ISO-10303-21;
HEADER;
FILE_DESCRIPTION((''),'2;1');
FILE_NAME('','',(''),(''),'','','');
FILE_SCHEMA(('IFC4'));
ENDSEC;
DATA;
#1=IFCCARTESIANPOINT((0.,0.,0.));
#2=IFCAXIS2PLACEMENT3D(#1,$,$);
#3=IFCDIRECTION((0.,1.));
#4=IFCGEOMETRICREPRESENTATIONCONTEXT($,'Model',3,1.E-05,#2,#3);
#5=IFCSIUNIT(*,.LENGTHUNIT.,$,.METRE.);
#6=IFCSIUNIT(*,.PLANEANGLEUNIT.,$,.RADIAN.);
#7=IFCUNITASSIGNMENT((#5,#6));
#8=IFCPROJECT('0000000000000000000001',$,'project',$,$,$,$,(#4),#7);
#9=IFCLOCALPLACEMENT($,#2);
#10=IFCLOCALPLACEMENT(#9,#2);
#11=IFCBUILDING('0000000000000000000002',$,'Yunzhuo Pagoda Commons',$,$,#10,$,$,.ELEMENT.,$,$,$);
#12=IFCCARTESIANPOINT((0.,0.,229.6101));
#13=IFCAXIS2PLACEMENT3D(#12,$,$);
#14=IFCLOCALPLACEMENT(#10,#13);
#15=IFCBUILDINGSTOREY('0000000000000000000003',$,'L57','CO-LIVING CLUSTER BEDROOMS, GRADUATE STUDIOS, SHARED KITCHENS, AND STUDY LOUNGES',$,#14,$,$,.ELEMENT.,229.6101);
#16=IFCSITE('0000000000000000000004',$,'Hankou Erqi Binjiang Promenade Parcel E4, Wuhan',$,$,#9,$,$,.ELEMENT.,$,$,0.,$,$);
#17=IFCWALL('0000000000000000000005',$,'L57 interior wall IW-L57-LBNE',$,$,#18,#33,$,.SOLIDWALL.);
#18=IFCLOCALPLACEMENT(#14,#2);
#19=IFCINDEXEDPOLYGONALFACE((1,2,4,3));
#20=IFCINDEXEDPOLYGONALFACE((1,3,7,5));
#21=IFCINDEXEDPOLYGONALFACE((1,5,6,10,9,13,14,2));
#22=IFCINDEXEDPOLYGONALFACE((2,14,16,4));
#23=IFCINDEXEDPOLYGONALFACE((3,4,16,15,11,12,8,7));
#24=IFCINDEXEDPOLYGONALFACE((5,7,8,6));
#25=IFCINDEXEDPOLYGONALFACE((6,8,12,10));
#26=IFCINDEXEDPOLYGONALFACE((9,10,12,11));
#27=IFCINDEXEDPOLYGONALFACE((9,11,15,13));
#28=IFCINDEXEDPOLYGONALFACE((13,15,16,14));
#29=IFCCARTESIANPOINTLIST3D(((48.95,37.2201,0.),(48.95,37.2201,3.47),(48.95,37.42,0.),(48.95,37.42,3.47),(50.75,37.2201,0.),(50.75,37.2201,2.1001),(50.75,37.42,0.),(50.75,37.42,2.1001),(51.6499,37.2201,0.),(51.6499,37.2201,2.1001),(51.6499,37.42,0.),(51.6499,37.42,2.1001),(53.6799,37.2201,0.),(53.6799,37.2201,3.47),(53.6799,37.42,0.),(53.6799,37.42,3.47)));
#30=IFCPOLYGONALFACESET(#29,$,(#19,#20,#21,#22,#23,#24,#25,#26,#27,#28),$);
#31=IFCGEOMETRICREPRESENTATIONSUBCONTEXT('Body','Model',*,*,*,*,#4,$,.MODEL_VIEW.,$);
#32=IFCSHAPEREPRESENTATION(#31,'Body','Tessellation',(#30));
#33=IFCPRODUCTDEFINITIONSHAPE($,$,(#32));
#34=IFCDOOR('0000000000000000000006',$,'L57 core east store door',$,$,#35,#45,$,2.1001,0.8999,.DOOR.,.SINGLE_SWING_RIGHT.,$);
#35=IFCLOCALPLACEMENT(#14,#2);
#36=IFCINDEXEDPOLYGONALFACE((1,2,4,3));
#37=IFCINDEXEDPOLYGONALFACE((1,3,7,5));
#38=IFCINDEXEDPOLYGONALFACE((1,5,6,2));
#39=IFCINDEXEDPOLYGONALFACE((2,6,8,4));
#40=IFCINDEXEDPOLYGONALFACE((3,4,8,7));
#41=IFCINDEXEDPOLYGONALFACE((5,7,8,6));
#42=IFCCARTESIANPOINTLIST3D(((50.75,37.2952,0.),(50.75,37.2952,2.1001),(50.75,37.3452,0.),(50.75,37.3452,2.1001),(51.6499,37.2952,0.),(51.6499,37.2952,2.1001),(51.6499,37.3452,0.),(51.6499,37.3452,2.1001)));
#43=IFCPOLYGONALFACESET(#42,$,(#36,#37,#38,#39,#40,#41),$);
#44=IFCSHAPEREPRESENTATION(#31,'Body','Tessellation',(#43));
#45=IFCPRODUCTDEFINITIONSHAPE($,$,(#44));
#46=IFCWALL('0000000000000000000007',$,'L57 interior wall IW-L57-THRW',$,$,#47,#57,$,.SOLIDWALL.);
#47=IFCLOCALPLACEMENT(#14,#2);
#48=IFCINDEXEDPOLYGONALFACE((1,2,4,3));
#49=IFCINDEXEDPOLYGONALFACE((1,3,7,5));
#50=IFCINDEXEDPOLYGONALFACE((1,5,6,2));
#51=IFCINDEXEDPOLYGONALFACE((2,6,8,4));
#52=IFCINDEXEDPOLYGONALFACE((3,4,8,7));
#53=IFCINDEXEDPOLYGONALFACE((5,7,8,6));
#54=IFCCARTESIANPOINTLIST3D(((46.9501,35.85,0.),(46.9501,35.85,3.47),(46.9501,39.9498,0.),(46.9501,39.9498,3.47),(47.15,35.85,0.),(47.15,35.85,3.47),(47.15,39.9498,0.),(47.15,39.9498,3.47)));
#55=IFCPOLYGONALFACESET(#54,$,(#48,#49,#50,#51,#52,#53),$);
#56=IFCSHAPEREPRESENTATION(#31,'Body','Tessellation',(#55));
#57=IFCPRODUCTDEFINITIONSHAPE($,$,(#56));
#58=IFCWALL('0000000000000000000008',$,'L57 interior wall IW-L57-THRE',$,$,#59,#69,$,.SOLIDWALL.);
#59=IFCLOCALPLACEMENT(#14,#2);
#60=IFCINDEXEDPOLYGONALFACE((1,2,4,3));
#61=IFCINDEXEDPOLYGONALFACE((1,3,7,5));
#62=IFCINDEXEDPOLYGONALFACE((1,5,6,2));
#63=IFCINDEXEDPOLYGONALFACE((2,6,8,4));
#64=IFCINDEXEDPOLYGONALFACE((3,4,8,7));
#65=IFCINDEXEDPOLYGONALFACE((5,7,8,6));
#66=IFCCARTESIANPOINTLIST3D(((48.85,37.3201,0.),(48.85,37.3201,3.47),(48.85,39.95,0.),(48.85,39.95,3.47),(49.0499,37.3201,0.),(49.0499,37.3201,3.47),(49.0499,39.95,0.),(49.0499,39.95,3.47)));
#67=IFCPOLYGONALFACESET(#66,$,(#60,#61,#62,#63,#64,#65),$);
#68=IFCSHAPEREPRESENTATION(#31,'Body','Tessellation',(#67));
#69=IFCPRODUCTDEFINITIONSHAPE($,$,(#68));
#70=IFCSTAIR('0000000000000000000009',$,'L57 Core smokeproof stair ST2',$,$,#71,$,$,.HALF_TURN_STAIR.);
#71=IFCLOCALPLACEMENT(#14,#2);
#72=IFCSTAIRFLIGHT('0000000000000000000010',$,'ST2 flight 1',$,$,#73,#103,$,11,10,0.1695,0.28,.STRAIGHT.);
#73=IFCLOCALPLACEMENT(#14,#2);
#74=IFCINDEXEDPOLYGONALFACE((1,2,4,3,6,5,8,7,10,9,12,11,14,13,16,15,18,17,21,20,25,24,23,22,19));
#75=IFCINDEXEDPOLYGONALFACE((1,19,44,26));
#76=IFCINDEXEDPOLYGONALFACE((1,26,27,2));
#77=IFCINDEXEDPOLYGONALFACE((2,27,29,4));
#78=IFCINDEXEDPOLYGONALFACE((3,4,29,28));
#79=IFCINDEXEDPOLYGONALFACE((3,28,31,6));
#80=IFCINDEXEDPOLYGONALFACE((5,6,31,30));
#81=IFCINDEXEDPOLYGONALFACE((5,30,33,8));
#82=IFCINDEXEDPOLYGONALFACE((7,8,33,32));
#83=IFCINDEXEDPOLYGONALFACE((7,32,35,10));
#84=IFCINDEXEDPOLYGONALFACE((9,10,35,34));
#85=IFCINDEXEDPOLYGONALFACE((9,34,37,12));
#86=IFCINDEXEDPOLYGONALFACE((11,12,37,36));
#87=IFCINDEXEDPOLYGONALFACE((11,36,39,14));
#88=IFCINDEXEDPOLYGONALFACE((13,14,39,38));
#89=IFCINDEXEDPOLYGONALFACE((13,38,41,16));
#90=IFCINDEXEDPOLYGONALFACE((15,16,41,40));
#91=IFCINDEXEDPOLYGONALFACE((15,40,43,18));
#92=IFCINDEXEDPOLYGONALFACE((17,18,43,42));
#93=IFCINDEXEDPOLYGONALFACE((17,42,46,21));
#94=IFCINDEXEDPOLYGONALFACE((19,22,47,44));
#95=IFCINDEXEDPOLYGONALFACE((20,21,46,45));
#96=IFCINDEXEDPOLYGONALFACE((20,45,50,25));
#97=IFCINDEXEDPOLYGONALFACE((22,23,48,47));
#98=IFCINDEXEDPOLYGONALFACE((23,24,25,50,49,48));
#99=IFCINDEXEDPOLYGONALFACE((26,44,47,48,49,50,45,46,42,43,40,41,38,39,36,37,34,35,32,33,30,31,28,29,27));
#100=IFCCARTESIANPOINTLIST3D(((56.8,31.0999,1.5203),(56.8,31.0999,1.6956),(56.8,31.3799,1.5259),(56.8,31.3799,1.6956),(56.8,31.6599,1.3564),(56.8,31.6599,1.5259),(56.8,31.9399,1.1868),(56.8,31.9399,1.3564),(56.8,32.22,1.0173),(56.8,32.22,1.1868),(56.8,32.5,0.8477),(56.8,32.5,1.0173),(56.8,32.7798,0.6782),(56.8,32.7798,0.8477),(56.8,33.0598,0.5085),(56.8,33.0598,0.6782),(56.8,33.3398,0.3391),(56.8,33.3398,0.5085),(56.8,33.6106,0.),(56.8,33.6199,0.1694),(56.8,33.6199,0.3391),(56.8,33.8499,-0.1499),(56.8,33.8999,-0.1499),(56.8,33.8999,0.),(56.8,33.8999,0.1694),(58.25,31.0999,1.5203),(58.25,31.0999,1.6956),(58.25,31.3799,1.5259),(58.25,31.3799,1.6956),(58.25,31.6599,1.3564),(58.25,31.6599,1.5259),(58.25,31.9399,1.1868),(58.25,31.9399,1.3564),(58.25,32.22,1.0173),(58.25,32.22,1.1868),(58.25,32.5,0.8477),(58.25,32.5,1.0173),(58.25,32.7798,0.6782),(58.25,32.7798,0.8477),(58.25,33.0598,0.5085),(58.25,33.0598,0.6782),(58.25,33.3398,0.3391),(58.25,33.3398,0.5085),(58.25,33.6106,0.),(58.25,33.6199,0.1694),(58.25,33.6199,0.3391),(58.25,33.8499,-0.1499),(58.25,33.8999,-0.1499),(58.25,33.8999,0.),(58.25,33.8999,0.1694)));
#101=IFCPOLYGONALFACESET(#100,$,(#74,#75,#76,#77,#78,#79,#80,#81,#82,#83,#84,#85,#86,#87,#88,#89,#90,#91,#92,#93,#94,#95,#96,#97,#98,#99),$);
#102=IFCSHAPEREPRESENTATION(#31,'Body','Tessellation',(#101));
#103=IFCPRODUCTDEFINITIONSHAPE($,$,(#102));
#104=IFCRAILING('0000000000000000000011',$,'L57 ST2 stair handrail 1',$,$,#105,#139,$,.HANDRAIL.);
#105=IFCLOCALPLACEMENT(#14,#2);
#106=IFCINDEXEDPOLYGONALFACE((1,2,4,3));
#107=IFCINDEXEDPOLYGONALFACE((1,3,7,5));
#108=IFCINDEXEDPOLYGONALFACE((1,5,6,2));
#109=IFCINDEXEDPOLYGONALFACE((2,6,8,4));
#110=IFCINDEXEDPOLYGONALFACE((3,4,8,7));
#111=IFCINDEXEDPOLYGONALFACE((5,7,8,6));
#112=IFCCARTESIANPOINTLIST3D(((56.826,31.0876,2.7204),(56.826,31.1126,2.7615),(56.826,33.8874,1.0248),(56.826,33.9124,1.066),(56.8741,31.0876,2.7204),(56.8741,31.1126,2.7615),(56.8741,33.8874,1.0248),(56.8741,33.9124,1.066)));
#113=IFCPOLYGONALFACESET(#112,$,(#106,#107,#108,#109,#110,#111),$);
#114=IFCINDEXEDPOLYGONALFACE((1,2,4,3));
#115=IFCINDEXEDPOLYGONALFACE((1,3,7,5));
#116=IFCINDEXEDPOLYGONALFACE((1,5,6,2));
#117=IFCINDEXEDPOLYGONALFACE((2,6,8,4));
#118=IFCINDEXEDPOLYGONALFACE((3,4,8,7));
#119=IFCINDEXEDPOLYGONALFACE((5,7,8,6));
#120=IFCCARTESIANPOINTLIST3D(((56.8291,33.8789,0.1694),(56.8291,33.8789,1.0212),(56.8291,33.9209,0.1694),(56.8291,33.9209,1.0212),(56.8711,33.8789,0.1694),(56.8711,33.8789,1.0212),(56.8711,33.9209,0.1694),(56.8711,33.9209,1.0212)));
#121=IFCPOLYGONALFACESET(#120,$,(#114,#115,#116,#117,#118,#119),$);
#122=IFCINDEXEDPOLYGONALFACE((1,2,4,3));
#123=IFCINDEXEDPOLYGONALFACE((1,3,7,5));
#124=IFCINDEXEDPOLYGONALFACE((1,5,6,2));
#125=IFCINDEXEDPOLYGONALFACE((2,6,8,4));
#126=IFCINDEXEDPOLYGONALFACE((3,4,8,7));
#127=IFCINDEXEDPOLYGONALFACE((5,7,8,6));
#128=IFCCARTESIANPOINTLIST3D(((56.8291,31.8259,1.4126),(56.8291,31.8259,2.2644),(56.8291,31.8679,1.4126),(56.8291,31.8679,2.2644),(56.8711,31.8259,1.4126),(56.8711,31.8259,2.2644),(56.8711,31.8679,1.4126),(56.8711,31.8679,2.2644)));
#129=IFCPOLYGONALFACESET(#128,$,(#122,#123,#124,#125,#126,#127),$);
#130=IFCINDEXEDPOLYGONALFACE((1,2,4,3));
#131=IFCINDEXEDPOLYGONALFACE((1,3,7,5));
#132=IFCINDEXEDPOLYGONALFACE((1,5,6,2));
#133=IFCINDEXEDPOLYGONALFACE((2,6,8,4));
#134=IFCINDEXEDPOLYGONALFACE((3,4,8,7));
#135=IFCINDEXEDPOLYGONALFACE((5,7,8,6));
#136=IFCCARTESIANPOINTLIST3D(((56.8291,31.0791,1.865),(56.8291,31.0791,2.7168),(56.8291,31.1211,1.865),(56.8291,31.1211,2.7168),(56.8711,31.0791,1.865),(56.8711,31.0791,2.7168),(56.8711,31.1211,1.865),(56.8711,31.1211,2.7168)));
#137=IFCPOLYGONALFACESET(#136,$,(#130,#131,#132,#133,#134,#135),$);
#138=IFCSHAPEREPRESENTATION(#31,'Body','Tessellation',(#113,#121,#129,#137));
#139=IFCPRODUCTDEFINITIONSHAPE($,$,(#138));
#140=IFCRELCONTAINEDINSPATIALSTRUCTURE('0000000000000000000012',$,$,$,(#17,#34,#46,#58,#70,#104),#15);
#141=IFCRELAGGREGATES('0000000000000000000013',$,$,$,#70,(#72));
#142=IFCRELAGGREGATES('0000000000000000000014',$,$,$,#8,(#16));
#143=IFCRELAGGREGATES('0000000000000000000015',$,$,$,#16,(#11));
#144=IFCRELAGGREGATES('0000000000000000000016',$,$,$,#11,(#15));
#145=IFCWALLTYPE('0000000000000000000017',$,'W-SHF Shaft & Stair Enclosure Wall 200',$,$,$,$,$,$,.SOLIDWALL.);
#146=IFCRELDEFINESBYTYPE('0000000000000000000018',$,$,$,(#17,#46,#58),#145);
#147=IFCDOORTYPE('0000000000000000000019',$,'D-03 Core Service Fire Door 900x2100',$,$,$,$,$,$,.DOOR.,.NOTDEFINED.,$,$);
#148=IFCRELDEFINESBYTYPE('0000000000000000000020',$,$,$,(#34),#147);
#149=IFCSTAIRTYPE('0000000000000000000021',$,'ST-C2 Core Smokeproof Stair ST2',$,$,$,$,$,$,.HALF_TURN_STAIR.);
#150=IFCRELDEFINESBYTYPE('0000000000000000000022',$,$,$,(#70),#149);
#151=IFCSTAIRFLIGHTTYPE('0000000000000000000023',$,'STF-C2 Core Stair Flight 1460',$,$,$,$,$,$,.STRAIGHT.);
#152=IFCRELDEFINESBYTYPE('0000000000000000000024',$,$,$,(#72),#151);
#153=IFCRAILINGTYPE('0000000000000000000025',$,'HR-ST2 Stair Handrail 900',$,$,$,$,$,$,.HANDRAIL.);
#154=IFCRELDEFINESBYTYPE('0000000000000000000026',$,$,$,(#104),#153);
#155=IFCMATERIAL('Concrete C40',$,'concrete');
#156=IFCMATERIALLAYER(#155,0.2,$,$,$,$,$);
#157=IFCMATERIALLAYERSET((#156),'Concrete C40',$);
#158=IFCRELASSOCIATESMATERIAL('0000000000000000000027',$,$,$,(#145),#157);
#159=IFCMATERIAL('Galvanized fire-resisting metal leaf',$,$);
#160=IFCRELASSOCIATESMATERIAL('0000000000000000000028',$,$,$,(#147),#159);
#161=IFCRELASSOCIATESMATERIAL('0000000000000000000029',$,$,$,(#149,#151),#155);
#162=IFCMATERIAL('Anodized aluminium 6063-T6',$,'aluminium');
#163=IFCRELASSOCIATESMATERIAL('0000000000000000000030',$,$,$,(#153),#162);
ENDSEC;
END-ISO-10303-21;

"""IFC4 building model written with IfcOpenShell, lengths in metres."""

from ifc_helpers import new_model, si_unit, direction, frame, frame_2d, origin, origin_2d, place, context, subcontext, project, spatial, polyline, rectangle, outline, extrude, source, transform, mapped, material, layer, layer_set, type_object, element, fill, aggregate, save


model = new_model("IFC4")

# Units and contexts
model_context = context("Model", 3, precision=1e-05, world=origin(), true_north=direction((0.0, 1.0)))
body_context = subcontext(model_context, "Body", "Model", "MODEL_VIEW")
ifc_project = project(units=[si_unit("LENGTHUNIT", "METRE"), si_unit("PLANEANGLEUNIT", "RADIAN")], contexts=[model_context])

# Site, building, storey
site_placement = place(None, origin())
site = spatial("IfcSite", under=ifc_project, at=site_placement, Name="Hankou Erqi Binjiang Promenade Parcel E4, Wuhan", CompositionType="ELEMENT", RefElevation=0.0)
building_placement = place(site_placement, origin())
building = spatial("IfcBuilding", under=site, at=building_placement, Name="Yunzhuo Pagoda Commons", CompositionType="ELEMENT")
storey_placement = place(building_placement, frame((0.0, 0.0, 229.6101)))
storey = spatial("IfcBuildingStorey", under=building, at=storey_placement, Name="L57", Description="CO-LIVING CLUSTER BEDROOMS, GRADUATE STUDIOS, SHARED KITCHENS, AND STUDY LOUNGES", CompositionType="ELEMENT", Elevation=229.6101)

# Shared definitions
ifc_material_1 = material(Name="Galvanized fire-resisting metal leaf")

# Shared definitions
ifc_material_2 = material(Name="Concrete C40", Category="concrete")
ifc_layer_1 = layer(ifc_material_2, 0.2)
ifc_layer_set_1 = layer_set([ifc_layer_1], Name="Concrete C40")
wall_type_1 = type_object("IfcWallType", Name="W-SHF Shaft & Stair Enclosure Wall 200", PredefinedType="SOLIDWALL", material=ifc_layer_set_1)

# Wall, opening, door
wall_1_placement = place(storey_placement, frame((48.95, 37.3201, 0.0), z_axis=(0.0, 0.0, 1.0), x_axis=(1.0, 0.0, 0.0)))
wall_1 = element("IfcWall", 1, at=wall_1_placement, inside=storey, type_object=wall_type_1, Name="L57 interior wall IW-L57-LBNE", PredefinedType="SOLIDWALL", context=body_context, shape_type="SweptSolid", body=[
    extrude(rectangle(XDim=4.73, YDim=0.2, at=frame_2d((2.365, 0.0))), origin(), (0.0, 0.0, 1.0), 3.47),
])
opening_1_placement = place(wall_1_placement, frame((1.8, 0.0, 0.0)))
opening_1 = element("IfcOpeningElement", 2, at=opening_1_placement, cuts=wall_1, PredefinedType="OPENING", context=body_context, shape_type="SweptSolid", body=[
    extrude(rectangle(XDim=0.8999, YDim=2.1001, at=frame_2d((0.45, 1.05))), frame((0.0, 0.1099, 0.0), z_axis=(0.0, -1.0, 0.0), x_axis=(1.0, 0.0, 0.0)), (0.0, 0.0, 1.0), 0.22),
])
door_type_1 = type_object("IfcDoorType", Name="D-03 Core Service Fire Door 900x2100", OperationType="NOTDEFINED", PredefinedType="DOOR", material=ifc_material_1)
shared_shape_1 = source(origin(), body_context, "Body", "SweptSolid", [
    extrude(rectangle(XDim=0.8999, YDim=2.1001, at=frame_2d((0.45, 1.05))), frame((0.0, 0.0249, 0.0), z_axis=(0.0, -1.0, 0.0), x_axis=(1.0, 0.0, 0.0)), (0.0, 0.0, 1.0), 0.05),
])
door_1_placement = place(opening_1_placement, frame((0.8999, 0.0, 0.0), z_axis=(0.0, 0.0, 1.0), x_axis=(-1.0, 0.0, 0.0)))
door_1 = element("IfcDoor", 3, at=door_1_placement, inside=storey, type_object=door_type_1, Name="L57 core east store door", OperationType="SINGLE_SWING_RIGHT", OverallHeight=2.1001, OverallWidth=0.8999, PredefinedType="DOOR", context=body_context, shape_type="MappedRepresentation", body=[
    mapped(shared_shape_1, transform((0.0, 0.0, 0.0), scale=1.0)),
])
fill(opening_1, door_1)

# Walls
wall_2_placement = place(storey_placement, frame((47.05, 35.8501, 0.0), z_axis=(0.0, 0.0, 1.0), x_axis=(0.0, 1.0, 0.0)))
element("IfcWall", 4, at=wall_2_placement, inside=storey, type_object=wall_type_1, Name="L57 interior wall IW-L57-THRW", PredefinedType="SOLIDWALL", context=body_context, shape_type="SweptSolid", body=[
    extrude(rectangle(XDim=4.0999, YDim=0.2, at=frame_2d((2.0498, 0.0))), origin(), (0.0, 0.0, 1.0), 3.47),
])
wall_3_placement = place(storey_placement, frame((48.95, 37.3201, 0.0), z_axis=(0.0, 0.0, 1.0), x_axis=(0.0, 1.0, 0.0)))
element("IfcWall", 5, at=wall_3_placement, inside=storey, type_object=wall_type_1, Name="L57 interior wall IW-L57-THRE", PredefinedType="SOLIDWALL", context=body_context, shape_type="SweptSolid", body=[
    extrude(rectangle(XDim=2.6299, YDim=0.2, at=frame_2d((1.3149, 0.0))), origin(), (0.0, 0.0, 1.0), 3.47),
])

# Stair, stair flight
stair_type = type_object("IfcStairType", Name="ST-C2 Core Smokeproof Stair ST2", PredefinedType="HALF_TURN_STAIR", material=ifc_material_2)
stair_placement = place(storey_placement, origin())
stair = element("IfcStair", 6, at=stair_placement, inside=storey, type_object=stair_type, Name="L57 Core smokeproof stair ST2", PredefinedType="HALF_TURN_STAIR")
stair_flight_type = type_object("IfcStairFlightType", Name="STF-C2 Core Stair Flight 1460", PredefinedType="STRAIGHT", material=ifc_material_2)
shared_shape_2 = source(origin(), body_context, "Body", "SweptSolid", [
    extrude(outline(polyline([(0.0, -0.1499), (0.0, 0.0), (0.0, 0.1694), (0.28, 0.1694), (0.28, 0.3391), (0.5601, 0.3391), (0.5601, 0.5085), (0.8401, 0.5085), (0.8401, 0.6782), (1.1201, 0.6782), (1.1201, 0.8477), (1.3999, 0.8477), (1.3999, 1.0173), (1.6799, 1.0173), (1.6799, 1.1868), (1.96, 1.1868), (1.96, 1.3564), (2.24, 1.3564), (2.24, 1.5259), (2.52, 1.5259), (2.52, 1.6956), (2.8, 1.6956), (2.8, 1.865), (2.8, 1.5203), (0.2893, 0.0), (0.05, -0.1499), (0.0, -0.1499)])), frame((0.0, 0.7251, 0.0), z_axis=(0.0, -1.0, 0.0), x_axis=(1.0, 0.0, 0.0)), (0.0, 0.0, 1.0), 1.45),
])
stair_flight_placement = place(storey_placement, frame((57.5249, 33.8999, 0.0), z_axis=(0.0, 0.0, 1.0), x_axis=(0.0, -1.0, 0.0)))
stair_flight = element("IfcStairFlight", 7, at=stair_flight_placement, type_object=stair_flight_type, Name="ST2 flight 1", NumberOfRisers=11, NumberOfTreads=10, PredefinedType="STRAIGHT", RiserHeight=0.1695, TreadLength=0.28, context=body_context, shape_type="MappedRepresentation", body=[
    mapped(shared_shape_2, transform((0.0, 0.0, 0.0), scale=1.0)),
])
aggregate(stair, [stair_flight])

# Railing
ifc_material_3 = material(Name="Anodized aluminium 6063-T6", Category="aluminium")
railing_type = type_object("IfcRailingType", Name="HR-ST2 Stair Handrail 900", PredefinedType="HANDRAIL", material=ifc_material_3)
railing_placement = place(storey_placement, frame((56.8501, 33.8999, 0.1694)))
element("IfcRailing", 8, at=railing_placement, inside=storey, type_object=railing_type, Name="L57 ST2 stair handrail 1", PredefinedType="HANDRAIL", context=body_context, shape_type="SweptSolid", body=[
    extrude(rectangle(XDim=0.0481, YDim=0.0481, at=origin_2d()), frame((0.0, 0.0, 0.876), z_axis=(0.0, -0.855373, 0.518012), x_axis=(1.0, 0.0, 0.0)), (0.0, 0.0, 1.0), 3.2732),
    extrude(rectangle(XDim=0.042, YDim=0.042, at=origin_2d()), origin(), (0.0, 0.0, 1.0), 0.8518),
    extrude(rectangle(XDim=0.042, YDim=0.042, at=origin_2d()), frame((0.0, -2.053, 1.2432)), (0.0, 0.0, 1.0), 0.8518),
    extrude(rectangle(XDim=0.042, YDim=0.042, at=origin_2d()), frame((0.0, -2.7998, 1.6956)), (0.0, 0.0, 1.0), 0.8518),
])

save(model, "model.ifc")
